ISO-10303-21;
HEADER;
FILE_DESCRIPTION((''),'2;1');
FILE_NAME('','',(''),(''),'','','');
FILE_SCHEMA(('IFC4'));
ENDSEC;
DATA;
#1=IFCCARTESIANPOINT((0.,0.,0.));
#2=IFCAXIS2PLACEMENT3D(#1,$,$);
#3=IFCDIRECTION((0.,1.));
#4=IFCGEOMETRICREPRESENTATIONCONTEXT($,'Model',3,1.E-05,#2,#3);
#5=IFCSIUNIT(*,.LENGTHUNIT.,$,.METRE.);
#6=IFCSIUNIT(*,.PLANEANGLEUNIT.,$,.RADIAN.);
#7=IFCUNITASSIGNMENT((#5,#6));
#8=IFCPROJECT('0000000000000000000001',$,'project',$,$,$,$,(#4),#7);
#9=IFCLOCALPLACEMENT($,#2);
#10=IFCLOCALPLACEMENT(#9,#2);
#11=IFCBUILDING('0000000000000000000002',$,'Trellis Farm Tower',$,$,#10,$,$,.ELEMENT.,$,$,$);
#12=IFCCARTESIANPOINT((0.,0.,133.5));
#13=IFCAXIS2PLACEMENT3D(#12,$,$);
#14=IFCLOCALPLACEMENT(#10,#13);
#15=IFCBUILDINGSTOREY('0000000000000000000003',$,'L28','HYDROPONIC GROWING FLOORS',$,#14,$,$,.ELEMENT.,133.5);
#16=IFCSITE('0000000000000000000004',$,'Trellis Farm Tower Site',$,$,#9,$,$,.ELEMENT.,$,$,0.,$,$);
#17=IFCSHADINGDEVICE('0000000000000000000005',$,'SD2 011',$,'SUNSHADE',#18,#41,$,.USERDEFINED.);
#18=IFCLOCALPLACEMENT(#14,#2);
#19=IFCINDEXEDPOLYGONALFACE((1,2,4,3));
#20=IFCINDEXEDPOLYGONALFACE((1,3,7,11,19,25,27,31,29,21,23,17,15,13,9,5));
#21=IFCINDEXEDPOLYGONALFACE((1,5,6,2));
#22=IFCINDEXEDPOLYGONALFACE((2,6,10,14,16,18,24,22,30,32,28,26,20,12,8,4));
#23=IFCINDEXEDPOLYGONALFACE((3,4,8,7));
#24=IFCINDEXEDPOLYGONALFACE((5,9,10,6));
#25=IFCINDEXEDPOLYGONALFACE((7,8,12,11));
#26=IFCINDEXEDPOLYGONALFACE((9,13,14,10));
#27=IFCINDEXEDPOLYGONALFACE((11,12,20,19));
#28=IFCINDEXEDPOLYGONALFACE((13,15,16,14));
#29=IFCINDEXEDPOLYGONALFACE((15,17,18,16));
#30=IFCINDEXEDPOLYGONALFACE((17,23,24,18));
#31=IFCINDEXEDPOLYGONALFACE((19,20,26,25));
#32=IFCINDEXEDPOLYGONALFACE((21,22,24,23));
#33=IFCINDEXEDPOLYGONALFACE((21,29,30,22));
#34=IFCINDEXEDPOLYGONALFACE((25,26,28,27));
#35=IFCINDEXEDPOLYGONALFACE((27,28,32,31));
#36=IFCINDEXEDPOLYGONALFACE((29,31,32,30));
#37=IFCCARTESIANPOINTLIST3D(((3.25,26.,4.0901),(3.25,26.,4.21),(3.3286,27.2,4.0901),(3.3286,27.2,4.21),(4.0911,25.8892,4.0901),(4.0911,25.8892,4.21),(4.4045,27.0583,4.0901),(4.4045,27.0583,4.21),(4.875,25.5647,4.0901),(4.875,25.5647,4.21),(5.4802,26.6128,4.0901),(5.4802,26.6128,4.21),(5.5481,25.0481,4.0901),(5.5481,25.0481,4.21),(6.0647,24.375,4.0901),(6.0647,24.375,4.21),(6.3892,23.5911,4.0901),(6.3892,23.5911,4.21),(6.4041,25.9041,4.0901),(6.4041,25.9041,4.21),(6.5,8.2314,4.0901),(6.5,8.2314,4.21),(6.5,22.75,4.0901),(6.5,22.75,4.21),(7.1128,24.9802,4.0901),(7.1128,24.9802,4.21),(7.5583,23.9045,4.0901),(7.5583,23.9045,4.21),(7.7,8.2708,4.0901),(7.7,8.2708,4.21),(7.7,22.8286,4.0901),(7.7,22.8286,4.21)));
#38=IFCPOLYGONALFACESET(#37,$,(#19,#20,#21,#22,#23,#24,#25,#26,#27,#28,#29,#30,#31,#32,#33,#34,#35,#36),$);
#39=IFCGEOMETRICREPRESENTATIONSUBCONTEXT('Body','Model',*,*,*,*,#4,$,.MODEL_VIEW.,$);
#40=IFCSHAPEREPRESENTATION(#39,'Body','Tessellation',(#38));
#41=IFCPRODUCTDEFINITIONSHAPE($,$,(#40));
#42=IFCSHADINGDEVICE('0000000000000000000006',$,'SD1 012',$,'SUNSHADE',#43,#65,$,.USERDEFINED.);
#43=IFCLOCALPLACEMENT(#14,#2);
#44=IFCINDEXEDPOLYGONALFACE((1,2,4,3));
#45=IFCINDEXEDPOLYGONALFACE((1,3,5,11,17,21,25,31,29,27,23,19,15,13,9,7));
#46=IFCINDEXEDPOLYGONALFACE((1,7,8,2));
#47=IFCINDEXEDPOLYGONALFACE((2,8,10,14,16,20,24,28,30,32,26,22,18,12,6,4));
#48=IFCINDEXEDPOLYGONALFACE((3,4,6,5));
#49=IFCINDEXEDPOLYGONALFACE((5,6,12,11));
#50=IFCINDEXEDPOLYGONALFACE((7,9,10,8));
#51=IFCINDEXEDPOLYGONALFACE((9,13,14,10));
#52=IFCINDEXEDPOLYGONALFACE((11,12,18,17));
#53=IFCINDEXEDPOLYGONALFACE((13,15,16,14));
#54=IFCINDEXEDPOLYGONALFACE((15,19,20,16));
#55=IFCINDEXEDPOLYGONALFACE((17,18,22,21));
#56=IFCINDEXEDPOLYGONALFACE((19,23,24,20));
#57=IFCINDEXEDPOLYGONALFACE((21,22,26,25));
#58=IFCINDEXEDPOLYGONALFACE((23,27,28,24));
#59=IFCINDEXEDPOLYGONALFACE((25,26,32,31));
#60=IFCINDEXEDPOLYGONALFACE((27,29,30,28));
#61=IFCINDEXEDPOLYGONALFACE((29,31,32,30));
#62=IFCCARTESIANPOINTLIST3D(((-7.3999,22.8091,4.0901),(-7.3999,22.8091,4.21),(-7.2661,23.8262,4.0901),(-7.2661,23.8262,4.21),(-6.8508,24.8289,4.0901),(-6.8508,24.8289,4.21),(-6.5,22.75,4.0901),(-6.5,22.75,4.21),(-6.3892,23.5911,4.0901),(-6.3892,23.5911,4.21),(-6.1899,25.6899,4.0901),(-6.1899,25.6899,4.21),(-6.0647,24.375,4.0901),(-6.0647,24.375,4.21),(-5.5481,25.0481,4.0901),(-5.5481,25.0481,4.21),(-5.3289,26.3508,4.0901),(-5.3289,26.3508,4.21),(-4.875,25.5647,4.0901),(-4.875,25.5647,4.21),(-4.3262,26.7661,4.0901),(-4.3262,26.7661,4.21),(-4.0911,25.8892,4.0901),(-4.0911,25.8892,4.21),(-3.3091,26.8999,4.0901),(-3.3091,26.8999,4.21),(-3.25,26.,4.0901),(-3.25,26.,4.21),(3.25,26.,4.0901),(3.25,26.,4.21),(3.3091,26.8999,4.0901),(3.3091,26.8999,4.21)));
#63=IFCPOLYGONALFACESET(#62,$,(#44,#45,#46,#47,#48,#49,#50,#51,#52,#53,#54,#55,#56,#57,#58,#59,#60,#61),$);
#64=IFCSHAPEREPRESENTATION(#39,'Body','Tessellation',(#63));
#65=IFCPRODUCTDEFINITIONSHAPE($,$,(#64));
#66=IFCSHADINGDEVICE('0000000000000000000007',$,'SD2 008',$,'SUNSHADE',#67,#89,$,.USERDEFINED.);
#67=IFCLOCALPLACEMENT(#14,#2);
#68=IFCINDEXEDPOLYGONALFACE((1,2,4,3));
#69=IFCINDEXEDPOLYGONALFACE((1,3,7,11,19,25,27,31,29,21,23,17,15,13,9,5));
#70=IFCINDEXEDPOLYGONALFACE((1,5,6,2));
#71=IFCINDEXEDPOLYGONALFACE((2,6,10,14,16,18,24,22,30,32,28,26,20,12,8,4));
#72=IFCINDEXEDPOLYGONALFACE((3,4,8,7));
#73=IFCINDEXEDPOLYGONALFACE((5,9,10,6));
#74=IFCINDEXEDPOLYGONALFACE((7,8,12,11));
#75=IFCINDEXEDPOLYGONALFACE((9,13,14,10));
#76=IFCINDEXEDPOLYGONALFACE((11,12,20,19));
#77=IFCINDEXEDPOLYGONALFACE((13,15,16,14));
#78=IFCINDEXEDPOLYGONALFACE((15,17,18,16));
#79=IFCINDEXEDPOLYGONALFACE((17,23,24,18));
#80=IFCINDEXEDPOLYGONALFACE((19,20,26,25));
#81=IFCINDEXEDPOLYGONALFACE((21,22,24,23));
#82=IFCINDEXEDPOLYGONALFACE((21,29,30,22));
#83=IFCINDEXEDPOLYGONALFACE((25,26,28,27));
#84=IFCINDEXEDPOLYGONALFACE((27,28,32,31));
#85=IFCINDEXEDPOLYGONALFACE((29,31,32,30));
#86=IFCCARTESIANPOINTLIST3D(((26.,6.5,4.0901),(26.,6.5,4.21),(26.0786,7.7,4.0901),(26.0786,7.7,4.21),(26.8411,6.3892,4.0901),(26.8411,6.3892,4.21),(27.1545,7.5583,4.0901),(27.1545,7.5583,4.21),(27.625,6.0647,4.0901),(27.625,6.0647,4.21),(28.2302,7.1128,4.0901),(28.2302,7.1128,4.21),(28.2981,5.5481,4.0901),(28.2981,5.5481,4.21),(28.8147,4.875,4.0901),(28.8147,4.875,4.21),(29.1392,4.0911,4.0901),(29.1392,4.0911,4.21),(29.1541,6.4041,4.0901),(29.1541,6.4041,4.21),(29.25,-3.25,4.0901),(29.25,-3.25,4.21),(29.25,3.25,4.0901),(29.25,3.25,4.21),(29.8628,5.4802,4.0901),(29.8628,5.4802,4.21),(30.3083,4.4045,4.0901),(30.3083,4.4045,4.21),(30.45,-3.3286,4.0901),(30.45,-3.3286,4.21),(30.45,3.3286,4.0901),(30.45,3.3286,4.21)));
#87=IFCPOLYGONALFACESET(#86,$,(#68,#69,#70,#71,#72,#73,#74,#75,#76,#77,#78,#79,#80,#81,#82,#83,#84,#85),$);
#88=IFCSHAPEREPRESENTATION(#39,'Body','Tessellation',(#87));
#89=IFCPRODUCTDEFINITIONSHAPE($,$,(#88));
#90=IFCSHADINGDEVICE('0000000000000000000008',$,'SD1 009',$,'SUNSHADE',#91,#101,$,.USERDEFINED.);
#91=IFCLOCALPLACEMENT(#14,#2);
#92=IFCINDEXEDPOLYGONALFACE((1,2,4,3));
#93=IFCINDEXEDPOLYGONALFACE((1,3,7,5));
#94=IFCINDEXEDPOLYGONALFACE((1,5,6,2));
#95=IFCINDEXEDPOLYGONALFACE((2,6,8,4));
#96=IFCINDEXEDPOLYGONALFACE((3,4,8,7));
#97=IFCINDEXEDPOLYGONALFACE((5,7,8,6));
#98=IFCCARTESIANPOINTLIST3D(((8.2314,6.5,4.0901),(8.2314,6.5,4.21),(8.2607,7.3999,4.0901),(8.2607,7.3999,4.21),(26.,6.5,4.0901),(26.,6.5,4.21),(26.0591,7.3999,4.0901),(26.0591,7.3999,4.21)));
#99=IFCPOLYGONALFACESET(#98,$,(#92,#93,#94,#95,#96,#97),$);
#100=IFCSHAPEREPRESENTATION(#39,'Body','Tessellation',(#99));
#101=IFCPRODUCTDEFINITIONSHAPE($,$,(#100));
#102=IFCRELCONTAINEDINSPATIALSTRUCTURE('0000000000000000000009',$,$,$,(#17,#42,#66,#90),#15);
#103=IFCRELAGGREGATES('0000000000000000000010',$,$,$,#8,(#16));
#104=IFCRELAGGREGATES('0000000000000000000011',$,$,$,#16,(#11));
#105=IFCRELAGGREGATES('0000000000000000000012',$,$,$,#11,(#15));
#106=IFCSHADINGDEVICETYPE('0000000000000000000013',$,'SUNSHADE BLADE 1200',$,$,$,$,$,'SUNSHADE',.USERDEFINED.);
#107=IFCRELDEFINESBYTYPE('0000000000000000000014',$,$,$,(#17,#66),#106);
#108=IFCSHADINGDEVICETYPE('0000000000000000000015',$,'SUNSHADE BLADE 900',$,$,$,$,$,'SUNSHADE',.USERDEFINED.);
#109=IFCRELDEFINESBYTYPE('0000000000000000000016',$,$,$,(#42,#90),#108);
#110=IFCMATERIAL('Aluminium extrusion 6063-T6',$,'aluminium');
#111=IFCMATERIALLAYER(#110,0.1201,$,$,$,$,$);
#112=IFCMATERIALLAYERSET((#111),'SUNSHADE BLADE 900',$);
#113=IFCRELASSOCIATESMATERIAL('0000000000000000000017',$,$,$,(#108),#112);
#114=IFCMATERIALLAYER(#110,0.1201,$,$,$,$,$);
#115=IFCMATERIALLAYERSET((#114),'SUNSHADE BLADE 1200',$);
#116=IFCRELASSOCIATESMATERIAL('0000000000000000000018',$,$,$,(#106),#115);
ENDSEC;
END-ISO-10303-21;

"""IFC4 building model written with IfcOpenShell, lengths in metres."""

from ifc_helpers import new_model, si_unit, direction, frame, origin, place, context, subcontext, project, spatial, polyline, outline, extrude, source, transform, mapped, material, layer, layer_set, type_object, element, save


model = new_model("IFC4")

# Units and contexts
model_context = context("Model", 3, precision=1e-05, world=origin(), true_north=direction((0.0, 1.0)))
body_context = subcontext(model_context, "Body", "Model", "MODEL_VIEW")
ifc_project = project(units=[si_unit("LENGTHUNIT", "METRE"), si_unit("PLANEANGLEUNIT", "RADIAN")], contexts=[model_context])

# Site, building, storey
site_placement = place(None, origin())
site = spatial("IfcSite", under=ifc_project, at=site_placement, Name="Trellis Farm Tower Site", CompositionType="ELEMENT", RefElevation=0.0)
building_placement = place(site_placement, origin())
building = spatial("IfcBuilding", under=site, at=building_placement, Name="Trellis Farm Tower", CompositionType="ELEMENT")
storey_placement = place(building_placement, frame((0.0, 0.0, 133.5)))
storey = spatial("IfcBuildingStorey", under=building, at=storey_placement, Name="L28", Description="HYDROPONIC GROWING FLOORS", CompositionType="ELEMENT", Elevation=133.5)

# Shared definitions
ifc_material_1 = material(Name="Aluminium extrusion 6063-T6", Category="aluminium")

# Shading devices
ifc_layer_1 = layer(ifc_material_1, 0.1201)
ifc_layer_set_1 = layer_set([ifc_layer_1], Name="SUNSHADE BLADE 900")
shading_device_type_1 = type_object("IfcShadingDeviceType", Name="SUNSHADE BLADE 900", ElementType="SUNSHADE", PredefinedType="USERDEFINED", material=ifc_layer_set_1)
placement_1 = place(storey_placement, frame((0.0, 0.0, 4.0901)))
ifc_layer_2 = layer(ifc_material_1, 0.1201)
ifc_layer_set_2 = layer_set([ifc_layer_2], Name="SUNSHADE BLADE 1200")
shading_device_type_2 = type_object("IfcShadingDeviceType", Name="SUNSHADE BLADE 1200", ElementType="SUNSHADE", PredefinedType="USERDEFINED", material=ifc_layer_set_2)
shared_shape_1 = source(origin(), body_context, "Body", "SweptSolid", [
    extrude(outline(polyline([(7.7, 8.2708), (7.7, 22.8286), (7.5583, 23.9045), (7.1128, 24.9802), (6.4041, 25.9041), (5.4802, 26.6128), (4.4045, 27.0583), (3.3286, 27.2), (3.25, 26.0), (4.0911, 25.8892), (4.875, 25.5647), (5.5481, 25.0481), (6.0647, 24.375), (6.3892, 23.5911), (6.5, 22.75), (6.5, 8.2314), (7.7, 8.2708)])), origin(), (0.0, 0.0, 1.0), 0.1199),
])
element("IfcShadingDevice", 1, at=placement_1, inside=storey, type_object=shading_device_type_2, Name="SD2 011", ObjectType="SUNSHADE", PredefinedType="USERDEFINED", context=body_context, shape_type="MappedRepresentation", body=[
    mapped(shared_shape_1, transform((0.0, 0.0, 0.0))),
])
shared_shape_2 = source(origin(), body_context, "Body", "SweptSolid", [
    extrude(outline(polyline([(3.3091, 26.8999), (-3.3091, 26.8999), (-4.3262, 26.7661), (-5.3289, 26.3508), (-6.1899, 25.6899), (-6.8508, 24.8289), (-7.2661, 23.8262), (-7.3999, 22.8091), (-6.5, 22.75), (-6.3892, 23.5911), (-6.0647, 24.375), (-5.5481, 25.0481), (-4.875, 25.5647), (-4.0911, 25.8892), (-3.25, 26.0), (3.25, 26.0), (3.3091, 26.8999)])), origin(), (0.0, 0.0, 1.0), 0.1199),
])
element("IfcShadingDevice", 2, at=placement_1, inside=storey, type_object=shading_device_type_1, Name="SD1 012", ObjectType="SUNSHADE", PredefinedType="USERDEFINED", context=body_context, shape_type="MappedRepresentation", body=[
    mapped(shared_shape_2, transform((0.0, 0.0, 0.0))),
])
shared_shape_3 = source(origin(), body_context, "Body", "SweptSolid", [
    extrude(outline(polyline([(30.45, -3.3286), (30.45, 3.3286), (30.3083, 4.4045), (29.8628, 5.4802), (29.1541, 6.4041), (28.2302, 7.1128), (27.1545, 7.5583), (26.0786, 7.7), (26.0, 6.5), (26.8411, 6.3892), (27.625, 6.0647), (28.2981, 5.5481), (28.8147, 4.875), (29.1392, 4.0911), (29.25, 3.25), (29.25, -3.25), (30.45, -3.3286)])), origin(), (0.0, 0.0, 1.0), 0.1199),
])
element("IfcShadingDevice", 3, at=placement_1, inside=storey, type_object=shading_device_type_2, Name="SD2 008", ObjectType="SUNSHADE", PredefinedType="USERDEFINED", context=body_context, shape_type="MappedRepresentation", body=[
    mapped(shared_shape_3, transform((0.0, 0.0, 0.0))),
])
shared_shape_4 = source(origin(), body_context, "Body", "SweptSolid", [
    extrude(outline(polyline([(26.0591, 7.3999), (8.2607, 7.3999), (8.2314, 6.5), (26.0, 6.5), (26.0591, 7.3999)])), origin(), (0.0, 0.0, 1.0), 0.1199),
])
element("IfcShadingDevice", 4, at=placement_1, inside=storey, type_object=shading_device_type_1, Name="SD1 009", ObjectType="SUNSHADE", PredefinedType="USERDEFINED", context=body_context, shape_type="MappedRepresentation", body=[
    mapped(shared_shape_4, transform((0.0, 0.0, 0.0))),
])

save(model, "model.ifc")
